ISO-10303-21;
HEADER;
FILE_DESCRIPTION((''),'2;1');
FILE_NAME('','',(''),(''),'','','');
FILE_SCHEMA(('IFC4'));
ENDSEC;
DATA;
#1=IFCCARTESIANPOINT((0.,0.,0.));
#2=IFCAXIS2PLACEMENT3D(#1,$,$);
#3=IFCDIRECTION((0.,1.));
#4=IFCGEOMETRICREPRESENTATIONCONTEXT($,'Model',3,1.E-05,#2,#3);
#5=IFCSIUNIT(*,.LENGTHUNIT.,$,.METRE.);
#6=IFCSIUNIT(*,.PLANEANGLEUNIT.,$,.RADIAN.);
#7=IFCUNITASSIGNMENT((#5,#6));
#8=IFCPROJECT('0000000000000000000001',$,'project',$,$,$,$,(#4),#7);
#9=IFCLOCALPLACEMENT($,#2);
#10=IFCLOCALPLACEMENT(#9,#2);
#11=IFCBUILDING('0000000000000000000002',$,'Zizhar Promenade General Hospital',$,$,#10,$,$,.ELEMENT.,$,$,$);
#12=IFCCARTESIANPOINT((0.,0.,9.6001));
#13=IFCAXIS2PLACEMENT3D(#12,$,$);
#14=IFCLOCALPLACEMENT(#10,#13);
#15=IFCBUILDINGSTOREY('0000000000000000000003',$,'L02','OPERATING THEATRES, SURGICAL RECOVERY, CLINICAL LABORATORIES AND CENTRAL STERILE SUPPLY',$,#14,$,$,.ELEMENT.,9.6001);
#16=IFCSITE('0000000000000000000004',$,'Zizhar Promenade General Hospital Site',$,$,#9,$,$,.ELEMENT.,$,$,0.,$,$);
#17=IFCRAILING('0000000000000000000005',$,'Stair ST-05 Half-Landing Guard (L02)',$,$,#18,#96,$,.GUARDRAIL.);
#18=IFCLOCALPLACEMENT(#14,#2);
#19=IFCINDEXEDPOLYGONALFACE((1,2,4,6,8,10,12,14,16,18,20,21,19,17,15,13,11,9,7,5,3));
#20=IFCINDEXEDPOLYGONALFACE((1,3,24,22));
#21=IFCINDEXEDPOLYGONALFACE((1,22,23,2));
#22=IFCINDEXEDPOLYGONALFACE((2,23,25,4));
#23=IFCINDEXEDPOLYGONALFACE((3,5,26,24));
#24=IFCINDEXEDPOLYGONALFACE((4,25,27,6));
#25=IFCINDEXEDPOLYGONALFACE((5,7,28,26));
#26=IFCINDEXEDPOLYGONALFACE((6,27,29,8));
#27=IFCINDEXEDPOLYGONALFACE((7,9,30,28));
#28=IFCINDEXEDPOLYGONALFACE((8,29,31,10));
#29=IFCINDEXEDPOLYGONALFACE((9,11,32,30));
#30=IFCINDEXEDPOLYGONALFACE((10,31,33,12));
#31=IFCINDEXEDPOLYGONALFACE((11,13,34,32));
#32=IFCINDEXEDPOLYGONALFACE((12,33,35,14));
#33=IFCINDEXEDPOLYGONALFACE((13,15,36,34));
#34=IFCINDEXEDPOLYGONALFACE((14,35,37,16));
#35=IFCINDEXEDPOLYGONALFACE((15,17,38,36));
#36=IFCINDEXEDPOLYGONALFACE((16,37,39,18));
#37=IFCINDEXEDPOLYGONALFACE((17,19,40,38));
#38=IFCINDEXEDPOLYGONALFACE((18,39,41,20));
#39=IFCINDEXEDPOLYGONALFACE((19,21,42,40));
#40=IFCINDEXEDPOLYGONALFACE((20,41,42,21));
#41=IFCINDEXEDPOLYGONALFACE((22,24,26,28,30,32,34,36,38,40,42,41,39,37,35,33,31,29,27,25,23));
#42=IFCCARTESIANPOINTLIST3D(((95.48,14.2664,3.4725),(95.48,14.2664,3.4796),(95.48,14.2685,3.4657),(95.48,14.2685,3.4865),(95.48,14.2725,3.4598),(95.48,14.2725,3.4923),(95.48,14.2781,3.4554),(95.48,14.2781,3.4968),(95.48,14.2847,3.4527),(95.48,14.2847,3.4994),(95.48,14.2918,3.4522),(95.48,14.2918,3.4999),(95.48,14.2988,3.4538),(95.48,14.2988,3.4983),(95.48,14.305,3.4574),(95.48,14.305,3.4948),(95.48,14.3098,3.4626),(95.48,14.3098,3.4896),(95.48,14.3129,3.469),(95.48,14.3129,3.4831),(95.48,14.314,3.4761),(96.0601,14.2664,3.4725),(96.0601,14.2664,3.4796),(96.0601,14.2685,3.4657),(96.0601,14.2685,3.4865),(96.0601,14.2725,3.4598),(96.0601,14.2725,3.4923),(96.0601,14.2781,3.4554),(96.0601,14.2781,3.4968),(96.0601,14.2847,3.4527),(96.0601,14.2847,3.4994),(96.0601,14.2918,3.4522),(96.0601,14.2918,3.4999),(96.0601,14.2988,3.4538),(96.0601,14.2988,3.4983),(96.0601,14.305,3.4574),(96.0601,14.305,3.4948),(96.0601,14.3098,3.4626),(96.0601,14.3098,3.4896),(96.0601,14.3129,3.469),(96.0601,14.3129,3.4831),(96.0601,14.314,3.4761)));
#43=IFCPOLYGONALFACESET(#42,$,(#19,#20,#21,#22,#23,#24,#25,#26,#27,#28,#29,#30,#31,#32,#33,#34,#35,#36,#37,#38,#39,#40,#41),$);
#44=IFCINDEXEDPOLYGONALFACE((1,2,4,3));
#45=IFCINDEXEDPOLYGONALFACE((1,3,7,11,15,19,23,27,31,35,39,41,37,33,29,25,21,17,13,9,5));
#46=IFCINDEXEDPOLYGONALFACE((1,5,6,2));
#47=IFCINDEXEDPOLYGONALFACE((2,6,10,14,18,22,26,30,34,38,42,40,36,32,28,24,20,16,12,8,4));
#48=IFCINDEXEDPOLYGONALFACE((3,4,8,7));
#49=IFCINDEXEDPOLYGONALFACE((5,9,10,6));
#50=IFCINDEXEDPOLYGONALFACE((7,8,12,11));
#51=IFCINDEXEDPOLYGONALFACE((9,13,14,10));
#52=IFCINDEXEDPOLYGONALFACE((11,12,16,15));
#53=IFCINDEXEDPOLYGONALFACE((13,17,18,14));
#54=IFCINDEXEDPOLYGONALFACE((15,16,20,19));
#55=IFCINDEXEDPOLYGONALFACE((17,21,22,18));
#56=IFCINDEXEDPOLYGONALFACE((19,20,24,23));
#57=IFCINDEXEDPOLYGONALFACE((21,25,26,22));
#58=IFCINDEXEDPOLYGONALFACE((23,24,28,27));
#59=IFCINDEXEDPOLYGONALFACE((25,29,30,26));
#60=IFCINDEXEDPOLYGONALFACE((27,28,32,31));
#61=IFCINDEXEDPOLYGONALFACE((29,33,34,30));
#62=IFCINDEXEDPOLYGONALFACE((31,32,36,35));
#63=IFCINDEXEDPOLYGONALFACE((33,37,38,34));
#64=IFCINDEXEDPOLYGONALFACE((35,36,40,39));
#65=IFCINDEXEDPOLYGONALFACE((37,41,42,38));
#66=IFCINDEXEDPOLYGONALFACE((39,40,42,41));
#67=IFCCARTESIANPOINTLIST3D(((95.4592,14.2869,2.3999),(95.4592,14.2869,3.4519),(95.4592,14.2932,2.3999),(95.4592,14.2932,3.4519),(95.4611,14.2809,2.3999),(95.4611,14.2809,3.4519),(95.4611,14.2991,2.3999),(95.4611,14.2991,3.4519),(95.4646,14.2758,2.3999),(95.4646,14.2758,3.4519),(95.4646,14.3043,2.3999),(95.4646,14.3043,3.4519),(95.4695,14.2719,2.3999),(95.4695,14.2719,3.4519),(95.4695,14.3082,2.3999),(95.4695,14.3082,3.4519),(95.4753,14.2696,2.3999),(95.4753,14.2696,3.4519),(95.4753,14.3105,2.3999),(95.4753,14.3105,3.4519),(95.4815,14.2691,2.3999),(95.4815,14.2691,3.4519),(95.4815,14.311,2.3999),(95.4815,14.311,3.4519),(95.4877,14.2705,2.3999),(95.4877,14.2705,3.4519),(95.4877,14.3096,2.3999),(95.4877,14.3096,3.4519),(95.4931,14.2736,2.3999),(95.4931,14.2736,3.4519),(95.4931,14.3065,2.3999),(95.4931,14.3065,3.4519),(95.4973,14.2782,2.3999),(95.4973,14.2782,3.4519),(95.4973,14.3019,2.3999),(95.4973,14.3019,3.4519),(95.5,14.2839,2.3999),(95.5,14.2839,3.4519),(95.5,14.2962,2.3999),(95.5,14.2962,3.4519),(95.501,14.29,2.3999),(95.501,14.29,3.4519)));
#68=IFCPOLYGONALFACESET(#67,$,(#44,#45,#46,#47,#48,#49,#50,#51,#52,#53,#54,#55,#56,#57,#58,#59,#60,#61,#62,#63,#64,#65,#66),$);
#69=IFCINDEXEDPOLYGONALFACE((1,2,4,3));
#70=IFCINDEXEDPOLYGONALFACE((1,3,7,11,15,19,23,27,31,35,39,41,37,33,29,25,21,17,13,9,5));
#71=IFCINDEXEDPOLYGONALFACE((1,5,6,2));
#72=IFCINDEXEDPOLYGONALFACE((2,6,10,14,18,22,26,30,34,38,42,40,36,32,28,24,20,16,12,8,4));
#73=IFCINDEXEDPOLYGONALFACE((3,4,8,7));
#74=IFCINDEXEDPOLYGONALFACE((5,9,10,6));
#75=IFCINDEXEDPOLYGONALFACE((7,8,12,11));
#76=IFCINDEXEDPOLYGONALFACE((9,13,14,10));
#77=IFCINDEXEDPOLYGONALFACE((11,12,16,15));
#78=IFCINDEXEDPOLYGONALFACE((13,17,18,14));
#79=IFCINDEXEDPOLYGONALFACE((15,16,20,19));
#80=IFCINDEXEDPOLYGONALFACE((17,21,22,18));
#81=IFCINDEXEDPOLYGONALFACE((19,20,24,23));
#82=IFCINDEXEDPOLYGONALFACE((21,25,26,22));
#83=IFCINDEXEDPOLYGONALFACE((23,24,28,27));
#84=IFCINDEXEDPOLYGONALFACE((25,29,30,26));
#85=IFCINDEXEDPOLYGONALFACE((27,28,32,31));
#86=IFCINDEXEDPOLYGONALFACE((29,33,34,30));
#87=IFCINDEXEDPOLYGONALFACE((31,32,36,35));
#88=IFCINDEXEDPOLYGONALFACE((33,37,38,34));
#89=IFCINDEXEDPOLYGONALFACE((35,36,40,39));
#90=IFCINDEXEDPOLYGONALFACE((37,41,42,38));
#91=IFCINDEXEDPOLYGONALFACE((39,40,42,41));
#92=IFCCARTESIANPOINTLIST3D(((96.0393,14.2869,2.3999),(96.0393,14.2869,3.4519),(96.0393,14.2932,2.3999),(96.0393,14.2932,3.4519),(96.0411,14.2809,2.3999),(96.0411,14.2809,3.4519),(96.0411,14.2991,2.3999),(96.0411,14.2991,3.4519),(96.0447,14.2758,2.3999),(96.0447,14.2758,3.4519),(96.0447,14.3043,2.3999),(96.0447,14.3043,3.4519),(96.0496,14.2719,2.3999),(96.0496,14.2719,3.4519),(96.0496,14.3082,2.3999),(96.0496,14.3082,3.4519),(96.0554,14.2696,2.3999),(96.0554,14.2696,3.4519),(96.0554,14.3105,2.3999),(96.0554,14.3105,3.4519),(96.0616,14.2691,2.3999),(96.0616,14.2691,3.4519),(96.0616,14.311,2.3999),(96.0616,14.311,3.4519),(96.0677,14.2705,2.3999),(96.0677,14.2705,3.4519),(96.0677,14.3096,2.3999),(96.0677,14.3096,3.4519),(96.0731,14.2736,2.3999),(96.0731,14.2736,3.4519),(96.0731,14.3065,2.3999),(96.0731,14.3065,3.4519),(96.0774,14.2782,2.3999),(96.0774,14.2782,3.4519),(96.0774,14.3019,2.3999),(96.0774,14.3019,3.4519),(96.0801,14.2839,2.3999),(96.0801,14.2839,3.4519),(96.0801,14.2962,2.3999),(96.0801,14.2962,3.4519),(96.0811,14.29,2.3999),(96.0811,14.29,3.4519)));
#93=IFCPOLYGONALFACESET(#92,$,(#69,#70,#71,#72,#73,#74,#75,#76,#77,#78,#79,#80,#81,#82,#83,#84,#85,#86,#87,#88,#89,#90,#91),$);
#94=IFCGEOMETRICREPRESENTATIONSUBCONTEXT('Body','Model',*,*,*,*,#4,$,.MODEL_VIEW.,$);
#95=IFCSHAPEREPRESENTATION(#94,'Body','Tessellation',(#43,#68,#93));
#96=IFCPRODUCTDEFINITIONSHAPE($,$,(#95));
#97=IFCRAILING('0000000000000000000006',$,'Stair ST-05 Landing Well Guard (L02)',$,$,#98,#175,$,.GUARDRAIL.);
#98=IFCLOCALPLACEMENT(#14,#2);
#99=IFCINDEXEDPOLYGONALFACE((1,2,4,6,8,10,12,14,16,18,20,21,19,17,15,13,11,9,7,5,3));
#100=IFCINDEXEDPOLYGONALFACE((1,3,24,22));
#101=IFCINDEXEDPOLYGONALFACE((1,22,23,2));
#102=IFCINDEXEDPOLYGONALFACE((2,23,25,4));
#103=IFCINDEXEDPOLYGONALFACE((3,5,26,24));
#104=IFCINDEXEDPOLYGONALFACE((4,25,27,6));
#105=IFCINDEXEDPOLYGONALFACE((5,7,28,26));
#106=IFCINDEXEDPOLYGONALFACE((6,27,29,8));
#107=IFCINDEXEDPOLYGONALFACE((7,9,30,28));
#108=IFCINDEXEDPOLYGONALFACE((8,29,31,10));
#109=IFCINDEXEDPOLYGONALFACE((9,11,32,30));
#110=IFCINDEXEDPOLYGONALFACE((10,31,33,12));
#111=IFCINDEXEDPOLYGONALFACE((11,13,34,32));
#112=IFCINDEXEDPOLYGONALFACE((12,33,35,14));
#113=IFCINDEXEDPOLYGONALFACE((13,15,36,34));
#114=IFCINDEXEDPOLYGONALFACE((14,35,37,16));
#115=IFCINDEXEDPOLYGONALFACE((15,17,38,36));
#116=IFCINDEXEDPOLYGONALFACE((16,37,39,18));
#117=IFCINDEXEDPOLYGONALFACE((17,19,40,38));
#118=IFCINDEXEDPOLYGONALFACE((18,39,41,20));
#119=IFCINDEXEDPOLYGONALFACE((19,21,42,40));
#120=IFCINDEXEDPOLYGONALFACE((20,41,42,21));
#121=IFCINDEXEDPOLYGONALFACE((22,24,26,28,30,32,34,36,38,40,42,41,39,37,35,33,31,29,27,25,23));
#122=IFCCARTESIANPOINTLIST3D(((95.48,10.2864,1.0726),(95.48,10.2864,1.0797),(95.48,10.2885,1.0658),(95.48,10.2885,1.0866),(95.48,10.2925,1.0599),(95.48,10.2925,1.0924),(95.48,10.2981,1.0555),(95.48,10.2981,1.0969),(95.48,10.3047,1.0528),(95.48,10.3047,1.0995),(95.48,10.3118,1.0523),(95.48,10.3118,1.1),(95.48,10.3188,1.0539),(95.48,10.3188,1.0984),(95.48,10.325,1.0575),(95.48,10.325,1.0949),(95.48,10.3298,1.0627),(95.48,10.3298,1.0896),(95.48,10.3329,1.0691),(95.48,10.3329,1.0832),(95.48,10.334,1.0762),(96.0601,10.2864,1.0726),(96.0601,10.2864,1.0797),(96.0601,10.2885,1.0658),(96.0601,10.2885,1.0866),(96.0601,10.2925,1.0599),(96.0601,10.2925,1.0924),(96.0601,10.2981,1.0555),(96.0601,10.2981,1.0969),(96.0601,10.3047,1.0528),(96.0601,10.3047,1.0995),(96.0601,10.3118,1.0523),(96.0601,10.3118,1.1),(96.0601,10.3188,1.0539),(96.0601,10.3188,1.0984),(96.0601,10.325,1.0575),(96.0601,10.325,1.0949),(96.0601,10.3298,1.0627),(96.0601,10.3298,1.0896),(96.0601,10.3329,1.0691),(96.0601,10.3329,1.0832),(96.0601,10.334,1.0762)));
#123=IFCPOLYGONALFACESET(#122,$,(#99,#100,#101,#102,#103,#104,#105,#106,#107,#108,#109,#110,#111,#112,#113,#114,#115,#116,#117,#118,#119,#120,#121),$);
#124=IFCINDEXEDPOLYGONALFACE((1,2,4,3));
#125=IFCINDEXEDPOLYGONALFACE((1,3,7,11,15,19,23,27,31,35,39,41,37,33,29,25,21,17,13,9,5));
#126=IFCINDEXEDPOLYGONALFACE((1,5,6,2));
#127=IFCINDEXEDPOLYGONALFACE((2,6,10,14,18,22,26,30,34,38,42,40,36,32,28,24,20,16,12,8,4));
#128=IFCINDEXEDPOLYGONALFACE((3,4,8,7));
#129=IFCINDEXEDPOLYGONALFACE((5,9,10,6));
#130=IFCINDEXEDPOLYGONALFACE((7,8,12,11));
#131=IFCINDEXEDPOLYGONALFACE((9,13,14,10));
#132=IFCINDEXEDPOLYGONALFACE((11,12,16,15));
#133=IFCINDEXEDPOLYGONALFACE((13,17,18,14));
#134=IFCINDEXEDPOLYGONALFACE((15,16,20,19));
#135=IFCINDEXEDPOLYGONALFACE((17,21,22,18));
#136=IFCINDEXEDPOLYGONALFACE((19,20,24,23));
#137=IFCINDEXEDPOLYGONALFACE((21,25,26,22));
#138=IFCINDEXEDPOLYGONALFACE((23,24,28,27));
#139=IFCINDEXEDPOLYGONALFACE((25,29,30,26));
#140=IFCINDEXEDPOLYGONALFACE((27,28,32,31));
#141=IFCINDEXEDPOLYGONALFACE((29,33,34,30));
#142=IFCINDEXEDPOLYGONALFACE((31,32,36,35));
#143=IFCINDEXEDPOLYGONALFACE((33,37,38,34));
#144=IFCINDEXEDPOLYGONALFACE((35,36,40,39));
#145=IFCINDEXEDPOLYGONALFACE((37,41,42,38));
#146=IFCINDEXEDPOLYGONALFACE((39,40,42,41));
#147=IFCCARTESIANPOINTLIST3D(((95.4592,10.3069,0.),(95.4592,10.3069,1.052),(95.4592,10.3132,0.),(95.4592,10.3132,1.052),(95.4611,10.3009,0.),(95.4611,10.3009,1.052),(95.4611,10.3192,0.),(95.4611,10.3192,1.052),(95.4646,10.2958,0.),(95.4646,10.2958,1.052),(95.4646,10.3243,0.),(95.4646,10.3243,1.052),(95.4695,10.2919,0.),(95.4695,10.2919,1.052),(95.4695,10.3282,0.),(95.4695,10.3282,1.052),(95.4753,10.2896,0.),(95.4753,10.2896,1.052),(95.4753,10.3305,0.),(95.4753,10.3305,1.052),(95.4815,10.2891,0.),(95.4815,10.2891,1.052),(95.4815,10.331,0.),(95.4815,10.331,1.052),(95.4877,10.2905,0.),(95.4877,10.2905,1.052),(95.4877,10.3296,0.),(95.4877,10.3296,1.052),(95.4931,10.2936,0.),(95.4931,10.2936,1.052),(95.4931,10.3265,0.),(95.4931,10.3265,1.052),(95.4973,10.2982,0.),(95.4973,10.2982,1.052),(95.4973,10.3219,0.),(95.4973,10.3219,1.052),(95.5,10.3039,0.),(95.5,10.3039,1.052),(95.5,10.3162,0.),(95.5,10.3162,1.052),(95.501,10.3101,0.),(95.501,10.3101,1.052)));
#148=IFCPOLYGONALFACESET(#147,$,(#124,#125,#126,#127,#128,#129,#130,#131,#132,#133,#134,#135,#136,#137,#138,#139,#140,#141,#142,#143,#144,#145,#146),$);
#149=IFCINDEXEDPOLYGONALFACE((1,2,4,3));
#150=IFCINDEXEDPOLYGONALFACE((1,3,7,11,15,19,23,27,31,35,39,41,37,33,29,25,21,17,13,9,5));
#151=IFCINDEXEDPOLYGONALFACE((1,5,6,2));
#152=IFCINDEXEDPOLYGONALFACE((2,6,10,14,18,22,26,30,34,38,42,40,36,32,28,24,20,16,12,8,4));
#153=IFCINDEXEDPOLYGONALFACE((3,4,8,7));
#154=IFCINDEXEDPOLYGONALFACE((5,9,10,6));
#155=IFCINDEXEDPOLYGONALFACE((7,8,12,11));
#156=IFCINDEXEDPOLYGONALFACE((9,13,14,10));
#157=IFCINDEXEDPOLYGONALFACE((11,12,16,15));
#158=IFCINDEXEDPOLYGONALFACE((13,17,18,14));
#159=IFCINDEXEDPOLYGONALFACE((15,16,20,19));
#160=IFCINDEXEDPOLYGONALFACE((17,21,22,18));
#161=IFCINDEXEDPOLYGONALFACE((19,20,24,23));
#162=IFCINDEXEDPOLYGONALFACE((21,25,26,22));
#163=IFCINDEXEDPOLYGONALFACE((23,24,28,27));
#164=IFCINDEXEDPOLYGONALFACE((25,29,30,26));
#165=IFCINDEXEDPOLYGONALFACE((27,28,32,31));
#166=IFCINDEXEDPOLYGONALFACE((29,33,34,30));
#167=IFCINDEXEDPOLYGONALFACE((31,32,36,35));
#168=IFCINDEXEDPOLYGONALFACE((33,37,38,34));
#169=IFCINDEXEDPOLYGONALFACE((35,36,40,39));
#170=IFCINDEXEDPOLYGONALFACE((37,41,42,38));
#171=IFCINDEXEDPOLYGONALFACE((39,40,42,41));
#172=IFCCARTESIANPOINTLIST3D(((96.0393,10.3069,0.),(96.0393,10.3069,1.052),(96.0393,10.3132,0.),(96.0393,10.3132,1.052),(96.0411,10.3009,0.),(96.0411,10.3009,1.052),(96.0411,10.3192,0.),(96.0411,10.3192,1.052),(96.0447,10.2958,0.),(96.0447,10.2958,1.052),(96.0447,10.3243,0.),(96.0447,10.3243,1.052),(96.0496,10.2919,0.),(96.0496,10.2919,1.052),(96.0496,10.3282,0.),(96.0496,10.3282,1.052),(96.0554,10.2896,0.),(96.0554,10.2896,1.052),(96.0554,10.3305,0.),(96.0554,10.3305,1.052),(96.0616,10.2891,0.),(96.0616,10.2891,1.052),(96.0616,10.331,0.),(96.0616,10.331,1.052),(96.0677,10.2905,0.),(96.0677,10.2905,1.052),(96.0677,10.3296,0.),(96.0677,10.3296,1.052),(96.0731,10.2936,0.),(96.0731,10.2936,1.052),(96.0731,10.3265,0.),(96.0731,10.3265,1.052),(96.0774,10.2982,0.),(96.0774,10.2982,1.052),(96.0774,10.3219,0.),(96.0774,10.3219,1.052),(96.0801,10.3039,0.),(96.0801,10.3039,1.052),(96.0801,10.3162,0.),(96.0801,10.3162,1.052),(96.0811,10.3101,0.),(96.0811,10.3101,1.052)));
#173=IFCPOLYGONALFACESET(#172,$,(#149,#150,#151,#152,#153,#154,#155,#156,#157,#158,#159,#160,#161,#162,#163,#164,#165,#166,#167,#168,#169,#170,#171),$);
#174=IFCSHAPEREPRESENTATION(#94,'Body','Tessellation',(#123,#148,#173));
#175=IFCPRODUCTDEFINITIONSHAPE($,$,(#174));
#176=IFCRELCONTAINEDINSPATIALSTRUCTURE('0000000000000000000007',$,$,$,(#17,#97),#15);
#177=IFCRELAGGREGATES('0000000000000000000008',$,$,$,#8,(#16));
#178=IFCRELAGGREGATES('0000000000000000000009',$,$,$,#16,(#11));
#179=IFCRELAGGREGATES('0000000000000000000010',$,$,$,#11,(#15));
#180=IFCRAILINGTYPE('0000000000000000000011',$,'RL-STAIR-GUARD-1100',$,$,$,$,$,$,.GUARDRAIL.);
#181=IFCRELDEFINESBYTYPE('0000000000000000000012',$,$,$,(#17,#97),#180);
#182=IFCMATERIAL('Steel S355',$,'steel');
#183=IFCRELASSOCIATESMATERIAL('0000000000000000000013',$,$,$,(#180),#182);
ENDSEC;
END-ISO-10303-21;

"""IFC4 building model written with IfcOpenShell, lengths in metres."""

from ifc_helpers import new_model, si_unit, direction, frame, origin, origin_2d, place, context, subcontext, project, spatial, circle, hollow_circle, extrude, material, material_profile, profile_set, type_object, element, save


model = new_model("IFC4")

# Units and contexts
model_context = context("Model", 3, precision=1e-05, world=origin(), true_north=direction((0.0, 1.0)))
body_context = subcontext(model_context, "Body", "Model", "MODEL_VIEW")
ifc_project = project(units=[si_unit("LENGTHUNIT", "METRE"), si_unit("PLANEANGLEUNIT", "RADIAN")], contexts=[model_context])

# Site, building, storey
site_placement = place(None, origin())
site = spatial("IfcSite", under=ifc_project, at=site_placement, Name="Zizhar Promenade General Hospital Site", CompositionType="ELEMENT", RefElevation=0.0)
building_placement = place(site_placement, origin())
building = spatial("IfcBuilding", under=site, at=building_placement, Name="Zizhar Promenade General Hospital", CompositionType="ELEMENT")
storey_placement = place(building_placement, frame((0.0, 0.0, 9.6001)))
storey = spatial("IfcBuildingStorey", under=building, at=storey_placement, Name="L02", Description="OPERATING THEATRES, SURGICAL RECOVERY, CLINICAL LABORATORIES AND CENTRAL STERILE SUPPLY", CompositionType="ELEMENT", Elevation=9.6001)

# Railings
ifc_material_1 = material(Name="Steel S355", Category="steel")
ifc_material_profile_1 = material_profile(ifc_material_1, hollow_circle(Radius=0.0698, WallThickness=0.0063, at=origin_2d()))
ifc_profile_set_1 = profile_set([ifc_material_profile_1], Name="Steel S355")
railing_type_1 = type_object("IfcRailingType", Name="RL-STAIR-GUARD-1100", PredefinedType="GUARDRAIL", material=ifc_profile_set_1)
for number, where, name in (
    (1, (95.48, 14.29, 2.3999), "Stair ST-05 Half-Landing Guard (L02)"),
    (2, (95.48, 10.3101, 0.0), "Stair ST-05 Landing Well Guard (L02)"),
):
    element("IfcRailing", number, at=place(storey_placement, frame(where)), inside=storey, type_object=railing_type_1, Name=name, PredefinedType="GUARDRAIL", context=body_context, shape_type="SweptSolid", body=[
        extrude(circle(Radius=0.0239, at=origin_2d()), frame((0.0, 0.0, 1.0762), z_axis=(1.0, 0.0, 0.0), x_axis=(0.0, 1.0, 0.0)), (0.0, 0.0, 1.0), 0.5801),
        extrude(circle(Radius=0.021, at=origin_2d()), origin(), (0.0, 0.0, 1.0), 1.052),
        extrude(circle(Radius=0.021, at=origin_2d()), frame((0.5801, 0.0, 0.0)), (0.0, 0.0, 1.0), 1.052),
    ])

save(model, "model.ifc")
